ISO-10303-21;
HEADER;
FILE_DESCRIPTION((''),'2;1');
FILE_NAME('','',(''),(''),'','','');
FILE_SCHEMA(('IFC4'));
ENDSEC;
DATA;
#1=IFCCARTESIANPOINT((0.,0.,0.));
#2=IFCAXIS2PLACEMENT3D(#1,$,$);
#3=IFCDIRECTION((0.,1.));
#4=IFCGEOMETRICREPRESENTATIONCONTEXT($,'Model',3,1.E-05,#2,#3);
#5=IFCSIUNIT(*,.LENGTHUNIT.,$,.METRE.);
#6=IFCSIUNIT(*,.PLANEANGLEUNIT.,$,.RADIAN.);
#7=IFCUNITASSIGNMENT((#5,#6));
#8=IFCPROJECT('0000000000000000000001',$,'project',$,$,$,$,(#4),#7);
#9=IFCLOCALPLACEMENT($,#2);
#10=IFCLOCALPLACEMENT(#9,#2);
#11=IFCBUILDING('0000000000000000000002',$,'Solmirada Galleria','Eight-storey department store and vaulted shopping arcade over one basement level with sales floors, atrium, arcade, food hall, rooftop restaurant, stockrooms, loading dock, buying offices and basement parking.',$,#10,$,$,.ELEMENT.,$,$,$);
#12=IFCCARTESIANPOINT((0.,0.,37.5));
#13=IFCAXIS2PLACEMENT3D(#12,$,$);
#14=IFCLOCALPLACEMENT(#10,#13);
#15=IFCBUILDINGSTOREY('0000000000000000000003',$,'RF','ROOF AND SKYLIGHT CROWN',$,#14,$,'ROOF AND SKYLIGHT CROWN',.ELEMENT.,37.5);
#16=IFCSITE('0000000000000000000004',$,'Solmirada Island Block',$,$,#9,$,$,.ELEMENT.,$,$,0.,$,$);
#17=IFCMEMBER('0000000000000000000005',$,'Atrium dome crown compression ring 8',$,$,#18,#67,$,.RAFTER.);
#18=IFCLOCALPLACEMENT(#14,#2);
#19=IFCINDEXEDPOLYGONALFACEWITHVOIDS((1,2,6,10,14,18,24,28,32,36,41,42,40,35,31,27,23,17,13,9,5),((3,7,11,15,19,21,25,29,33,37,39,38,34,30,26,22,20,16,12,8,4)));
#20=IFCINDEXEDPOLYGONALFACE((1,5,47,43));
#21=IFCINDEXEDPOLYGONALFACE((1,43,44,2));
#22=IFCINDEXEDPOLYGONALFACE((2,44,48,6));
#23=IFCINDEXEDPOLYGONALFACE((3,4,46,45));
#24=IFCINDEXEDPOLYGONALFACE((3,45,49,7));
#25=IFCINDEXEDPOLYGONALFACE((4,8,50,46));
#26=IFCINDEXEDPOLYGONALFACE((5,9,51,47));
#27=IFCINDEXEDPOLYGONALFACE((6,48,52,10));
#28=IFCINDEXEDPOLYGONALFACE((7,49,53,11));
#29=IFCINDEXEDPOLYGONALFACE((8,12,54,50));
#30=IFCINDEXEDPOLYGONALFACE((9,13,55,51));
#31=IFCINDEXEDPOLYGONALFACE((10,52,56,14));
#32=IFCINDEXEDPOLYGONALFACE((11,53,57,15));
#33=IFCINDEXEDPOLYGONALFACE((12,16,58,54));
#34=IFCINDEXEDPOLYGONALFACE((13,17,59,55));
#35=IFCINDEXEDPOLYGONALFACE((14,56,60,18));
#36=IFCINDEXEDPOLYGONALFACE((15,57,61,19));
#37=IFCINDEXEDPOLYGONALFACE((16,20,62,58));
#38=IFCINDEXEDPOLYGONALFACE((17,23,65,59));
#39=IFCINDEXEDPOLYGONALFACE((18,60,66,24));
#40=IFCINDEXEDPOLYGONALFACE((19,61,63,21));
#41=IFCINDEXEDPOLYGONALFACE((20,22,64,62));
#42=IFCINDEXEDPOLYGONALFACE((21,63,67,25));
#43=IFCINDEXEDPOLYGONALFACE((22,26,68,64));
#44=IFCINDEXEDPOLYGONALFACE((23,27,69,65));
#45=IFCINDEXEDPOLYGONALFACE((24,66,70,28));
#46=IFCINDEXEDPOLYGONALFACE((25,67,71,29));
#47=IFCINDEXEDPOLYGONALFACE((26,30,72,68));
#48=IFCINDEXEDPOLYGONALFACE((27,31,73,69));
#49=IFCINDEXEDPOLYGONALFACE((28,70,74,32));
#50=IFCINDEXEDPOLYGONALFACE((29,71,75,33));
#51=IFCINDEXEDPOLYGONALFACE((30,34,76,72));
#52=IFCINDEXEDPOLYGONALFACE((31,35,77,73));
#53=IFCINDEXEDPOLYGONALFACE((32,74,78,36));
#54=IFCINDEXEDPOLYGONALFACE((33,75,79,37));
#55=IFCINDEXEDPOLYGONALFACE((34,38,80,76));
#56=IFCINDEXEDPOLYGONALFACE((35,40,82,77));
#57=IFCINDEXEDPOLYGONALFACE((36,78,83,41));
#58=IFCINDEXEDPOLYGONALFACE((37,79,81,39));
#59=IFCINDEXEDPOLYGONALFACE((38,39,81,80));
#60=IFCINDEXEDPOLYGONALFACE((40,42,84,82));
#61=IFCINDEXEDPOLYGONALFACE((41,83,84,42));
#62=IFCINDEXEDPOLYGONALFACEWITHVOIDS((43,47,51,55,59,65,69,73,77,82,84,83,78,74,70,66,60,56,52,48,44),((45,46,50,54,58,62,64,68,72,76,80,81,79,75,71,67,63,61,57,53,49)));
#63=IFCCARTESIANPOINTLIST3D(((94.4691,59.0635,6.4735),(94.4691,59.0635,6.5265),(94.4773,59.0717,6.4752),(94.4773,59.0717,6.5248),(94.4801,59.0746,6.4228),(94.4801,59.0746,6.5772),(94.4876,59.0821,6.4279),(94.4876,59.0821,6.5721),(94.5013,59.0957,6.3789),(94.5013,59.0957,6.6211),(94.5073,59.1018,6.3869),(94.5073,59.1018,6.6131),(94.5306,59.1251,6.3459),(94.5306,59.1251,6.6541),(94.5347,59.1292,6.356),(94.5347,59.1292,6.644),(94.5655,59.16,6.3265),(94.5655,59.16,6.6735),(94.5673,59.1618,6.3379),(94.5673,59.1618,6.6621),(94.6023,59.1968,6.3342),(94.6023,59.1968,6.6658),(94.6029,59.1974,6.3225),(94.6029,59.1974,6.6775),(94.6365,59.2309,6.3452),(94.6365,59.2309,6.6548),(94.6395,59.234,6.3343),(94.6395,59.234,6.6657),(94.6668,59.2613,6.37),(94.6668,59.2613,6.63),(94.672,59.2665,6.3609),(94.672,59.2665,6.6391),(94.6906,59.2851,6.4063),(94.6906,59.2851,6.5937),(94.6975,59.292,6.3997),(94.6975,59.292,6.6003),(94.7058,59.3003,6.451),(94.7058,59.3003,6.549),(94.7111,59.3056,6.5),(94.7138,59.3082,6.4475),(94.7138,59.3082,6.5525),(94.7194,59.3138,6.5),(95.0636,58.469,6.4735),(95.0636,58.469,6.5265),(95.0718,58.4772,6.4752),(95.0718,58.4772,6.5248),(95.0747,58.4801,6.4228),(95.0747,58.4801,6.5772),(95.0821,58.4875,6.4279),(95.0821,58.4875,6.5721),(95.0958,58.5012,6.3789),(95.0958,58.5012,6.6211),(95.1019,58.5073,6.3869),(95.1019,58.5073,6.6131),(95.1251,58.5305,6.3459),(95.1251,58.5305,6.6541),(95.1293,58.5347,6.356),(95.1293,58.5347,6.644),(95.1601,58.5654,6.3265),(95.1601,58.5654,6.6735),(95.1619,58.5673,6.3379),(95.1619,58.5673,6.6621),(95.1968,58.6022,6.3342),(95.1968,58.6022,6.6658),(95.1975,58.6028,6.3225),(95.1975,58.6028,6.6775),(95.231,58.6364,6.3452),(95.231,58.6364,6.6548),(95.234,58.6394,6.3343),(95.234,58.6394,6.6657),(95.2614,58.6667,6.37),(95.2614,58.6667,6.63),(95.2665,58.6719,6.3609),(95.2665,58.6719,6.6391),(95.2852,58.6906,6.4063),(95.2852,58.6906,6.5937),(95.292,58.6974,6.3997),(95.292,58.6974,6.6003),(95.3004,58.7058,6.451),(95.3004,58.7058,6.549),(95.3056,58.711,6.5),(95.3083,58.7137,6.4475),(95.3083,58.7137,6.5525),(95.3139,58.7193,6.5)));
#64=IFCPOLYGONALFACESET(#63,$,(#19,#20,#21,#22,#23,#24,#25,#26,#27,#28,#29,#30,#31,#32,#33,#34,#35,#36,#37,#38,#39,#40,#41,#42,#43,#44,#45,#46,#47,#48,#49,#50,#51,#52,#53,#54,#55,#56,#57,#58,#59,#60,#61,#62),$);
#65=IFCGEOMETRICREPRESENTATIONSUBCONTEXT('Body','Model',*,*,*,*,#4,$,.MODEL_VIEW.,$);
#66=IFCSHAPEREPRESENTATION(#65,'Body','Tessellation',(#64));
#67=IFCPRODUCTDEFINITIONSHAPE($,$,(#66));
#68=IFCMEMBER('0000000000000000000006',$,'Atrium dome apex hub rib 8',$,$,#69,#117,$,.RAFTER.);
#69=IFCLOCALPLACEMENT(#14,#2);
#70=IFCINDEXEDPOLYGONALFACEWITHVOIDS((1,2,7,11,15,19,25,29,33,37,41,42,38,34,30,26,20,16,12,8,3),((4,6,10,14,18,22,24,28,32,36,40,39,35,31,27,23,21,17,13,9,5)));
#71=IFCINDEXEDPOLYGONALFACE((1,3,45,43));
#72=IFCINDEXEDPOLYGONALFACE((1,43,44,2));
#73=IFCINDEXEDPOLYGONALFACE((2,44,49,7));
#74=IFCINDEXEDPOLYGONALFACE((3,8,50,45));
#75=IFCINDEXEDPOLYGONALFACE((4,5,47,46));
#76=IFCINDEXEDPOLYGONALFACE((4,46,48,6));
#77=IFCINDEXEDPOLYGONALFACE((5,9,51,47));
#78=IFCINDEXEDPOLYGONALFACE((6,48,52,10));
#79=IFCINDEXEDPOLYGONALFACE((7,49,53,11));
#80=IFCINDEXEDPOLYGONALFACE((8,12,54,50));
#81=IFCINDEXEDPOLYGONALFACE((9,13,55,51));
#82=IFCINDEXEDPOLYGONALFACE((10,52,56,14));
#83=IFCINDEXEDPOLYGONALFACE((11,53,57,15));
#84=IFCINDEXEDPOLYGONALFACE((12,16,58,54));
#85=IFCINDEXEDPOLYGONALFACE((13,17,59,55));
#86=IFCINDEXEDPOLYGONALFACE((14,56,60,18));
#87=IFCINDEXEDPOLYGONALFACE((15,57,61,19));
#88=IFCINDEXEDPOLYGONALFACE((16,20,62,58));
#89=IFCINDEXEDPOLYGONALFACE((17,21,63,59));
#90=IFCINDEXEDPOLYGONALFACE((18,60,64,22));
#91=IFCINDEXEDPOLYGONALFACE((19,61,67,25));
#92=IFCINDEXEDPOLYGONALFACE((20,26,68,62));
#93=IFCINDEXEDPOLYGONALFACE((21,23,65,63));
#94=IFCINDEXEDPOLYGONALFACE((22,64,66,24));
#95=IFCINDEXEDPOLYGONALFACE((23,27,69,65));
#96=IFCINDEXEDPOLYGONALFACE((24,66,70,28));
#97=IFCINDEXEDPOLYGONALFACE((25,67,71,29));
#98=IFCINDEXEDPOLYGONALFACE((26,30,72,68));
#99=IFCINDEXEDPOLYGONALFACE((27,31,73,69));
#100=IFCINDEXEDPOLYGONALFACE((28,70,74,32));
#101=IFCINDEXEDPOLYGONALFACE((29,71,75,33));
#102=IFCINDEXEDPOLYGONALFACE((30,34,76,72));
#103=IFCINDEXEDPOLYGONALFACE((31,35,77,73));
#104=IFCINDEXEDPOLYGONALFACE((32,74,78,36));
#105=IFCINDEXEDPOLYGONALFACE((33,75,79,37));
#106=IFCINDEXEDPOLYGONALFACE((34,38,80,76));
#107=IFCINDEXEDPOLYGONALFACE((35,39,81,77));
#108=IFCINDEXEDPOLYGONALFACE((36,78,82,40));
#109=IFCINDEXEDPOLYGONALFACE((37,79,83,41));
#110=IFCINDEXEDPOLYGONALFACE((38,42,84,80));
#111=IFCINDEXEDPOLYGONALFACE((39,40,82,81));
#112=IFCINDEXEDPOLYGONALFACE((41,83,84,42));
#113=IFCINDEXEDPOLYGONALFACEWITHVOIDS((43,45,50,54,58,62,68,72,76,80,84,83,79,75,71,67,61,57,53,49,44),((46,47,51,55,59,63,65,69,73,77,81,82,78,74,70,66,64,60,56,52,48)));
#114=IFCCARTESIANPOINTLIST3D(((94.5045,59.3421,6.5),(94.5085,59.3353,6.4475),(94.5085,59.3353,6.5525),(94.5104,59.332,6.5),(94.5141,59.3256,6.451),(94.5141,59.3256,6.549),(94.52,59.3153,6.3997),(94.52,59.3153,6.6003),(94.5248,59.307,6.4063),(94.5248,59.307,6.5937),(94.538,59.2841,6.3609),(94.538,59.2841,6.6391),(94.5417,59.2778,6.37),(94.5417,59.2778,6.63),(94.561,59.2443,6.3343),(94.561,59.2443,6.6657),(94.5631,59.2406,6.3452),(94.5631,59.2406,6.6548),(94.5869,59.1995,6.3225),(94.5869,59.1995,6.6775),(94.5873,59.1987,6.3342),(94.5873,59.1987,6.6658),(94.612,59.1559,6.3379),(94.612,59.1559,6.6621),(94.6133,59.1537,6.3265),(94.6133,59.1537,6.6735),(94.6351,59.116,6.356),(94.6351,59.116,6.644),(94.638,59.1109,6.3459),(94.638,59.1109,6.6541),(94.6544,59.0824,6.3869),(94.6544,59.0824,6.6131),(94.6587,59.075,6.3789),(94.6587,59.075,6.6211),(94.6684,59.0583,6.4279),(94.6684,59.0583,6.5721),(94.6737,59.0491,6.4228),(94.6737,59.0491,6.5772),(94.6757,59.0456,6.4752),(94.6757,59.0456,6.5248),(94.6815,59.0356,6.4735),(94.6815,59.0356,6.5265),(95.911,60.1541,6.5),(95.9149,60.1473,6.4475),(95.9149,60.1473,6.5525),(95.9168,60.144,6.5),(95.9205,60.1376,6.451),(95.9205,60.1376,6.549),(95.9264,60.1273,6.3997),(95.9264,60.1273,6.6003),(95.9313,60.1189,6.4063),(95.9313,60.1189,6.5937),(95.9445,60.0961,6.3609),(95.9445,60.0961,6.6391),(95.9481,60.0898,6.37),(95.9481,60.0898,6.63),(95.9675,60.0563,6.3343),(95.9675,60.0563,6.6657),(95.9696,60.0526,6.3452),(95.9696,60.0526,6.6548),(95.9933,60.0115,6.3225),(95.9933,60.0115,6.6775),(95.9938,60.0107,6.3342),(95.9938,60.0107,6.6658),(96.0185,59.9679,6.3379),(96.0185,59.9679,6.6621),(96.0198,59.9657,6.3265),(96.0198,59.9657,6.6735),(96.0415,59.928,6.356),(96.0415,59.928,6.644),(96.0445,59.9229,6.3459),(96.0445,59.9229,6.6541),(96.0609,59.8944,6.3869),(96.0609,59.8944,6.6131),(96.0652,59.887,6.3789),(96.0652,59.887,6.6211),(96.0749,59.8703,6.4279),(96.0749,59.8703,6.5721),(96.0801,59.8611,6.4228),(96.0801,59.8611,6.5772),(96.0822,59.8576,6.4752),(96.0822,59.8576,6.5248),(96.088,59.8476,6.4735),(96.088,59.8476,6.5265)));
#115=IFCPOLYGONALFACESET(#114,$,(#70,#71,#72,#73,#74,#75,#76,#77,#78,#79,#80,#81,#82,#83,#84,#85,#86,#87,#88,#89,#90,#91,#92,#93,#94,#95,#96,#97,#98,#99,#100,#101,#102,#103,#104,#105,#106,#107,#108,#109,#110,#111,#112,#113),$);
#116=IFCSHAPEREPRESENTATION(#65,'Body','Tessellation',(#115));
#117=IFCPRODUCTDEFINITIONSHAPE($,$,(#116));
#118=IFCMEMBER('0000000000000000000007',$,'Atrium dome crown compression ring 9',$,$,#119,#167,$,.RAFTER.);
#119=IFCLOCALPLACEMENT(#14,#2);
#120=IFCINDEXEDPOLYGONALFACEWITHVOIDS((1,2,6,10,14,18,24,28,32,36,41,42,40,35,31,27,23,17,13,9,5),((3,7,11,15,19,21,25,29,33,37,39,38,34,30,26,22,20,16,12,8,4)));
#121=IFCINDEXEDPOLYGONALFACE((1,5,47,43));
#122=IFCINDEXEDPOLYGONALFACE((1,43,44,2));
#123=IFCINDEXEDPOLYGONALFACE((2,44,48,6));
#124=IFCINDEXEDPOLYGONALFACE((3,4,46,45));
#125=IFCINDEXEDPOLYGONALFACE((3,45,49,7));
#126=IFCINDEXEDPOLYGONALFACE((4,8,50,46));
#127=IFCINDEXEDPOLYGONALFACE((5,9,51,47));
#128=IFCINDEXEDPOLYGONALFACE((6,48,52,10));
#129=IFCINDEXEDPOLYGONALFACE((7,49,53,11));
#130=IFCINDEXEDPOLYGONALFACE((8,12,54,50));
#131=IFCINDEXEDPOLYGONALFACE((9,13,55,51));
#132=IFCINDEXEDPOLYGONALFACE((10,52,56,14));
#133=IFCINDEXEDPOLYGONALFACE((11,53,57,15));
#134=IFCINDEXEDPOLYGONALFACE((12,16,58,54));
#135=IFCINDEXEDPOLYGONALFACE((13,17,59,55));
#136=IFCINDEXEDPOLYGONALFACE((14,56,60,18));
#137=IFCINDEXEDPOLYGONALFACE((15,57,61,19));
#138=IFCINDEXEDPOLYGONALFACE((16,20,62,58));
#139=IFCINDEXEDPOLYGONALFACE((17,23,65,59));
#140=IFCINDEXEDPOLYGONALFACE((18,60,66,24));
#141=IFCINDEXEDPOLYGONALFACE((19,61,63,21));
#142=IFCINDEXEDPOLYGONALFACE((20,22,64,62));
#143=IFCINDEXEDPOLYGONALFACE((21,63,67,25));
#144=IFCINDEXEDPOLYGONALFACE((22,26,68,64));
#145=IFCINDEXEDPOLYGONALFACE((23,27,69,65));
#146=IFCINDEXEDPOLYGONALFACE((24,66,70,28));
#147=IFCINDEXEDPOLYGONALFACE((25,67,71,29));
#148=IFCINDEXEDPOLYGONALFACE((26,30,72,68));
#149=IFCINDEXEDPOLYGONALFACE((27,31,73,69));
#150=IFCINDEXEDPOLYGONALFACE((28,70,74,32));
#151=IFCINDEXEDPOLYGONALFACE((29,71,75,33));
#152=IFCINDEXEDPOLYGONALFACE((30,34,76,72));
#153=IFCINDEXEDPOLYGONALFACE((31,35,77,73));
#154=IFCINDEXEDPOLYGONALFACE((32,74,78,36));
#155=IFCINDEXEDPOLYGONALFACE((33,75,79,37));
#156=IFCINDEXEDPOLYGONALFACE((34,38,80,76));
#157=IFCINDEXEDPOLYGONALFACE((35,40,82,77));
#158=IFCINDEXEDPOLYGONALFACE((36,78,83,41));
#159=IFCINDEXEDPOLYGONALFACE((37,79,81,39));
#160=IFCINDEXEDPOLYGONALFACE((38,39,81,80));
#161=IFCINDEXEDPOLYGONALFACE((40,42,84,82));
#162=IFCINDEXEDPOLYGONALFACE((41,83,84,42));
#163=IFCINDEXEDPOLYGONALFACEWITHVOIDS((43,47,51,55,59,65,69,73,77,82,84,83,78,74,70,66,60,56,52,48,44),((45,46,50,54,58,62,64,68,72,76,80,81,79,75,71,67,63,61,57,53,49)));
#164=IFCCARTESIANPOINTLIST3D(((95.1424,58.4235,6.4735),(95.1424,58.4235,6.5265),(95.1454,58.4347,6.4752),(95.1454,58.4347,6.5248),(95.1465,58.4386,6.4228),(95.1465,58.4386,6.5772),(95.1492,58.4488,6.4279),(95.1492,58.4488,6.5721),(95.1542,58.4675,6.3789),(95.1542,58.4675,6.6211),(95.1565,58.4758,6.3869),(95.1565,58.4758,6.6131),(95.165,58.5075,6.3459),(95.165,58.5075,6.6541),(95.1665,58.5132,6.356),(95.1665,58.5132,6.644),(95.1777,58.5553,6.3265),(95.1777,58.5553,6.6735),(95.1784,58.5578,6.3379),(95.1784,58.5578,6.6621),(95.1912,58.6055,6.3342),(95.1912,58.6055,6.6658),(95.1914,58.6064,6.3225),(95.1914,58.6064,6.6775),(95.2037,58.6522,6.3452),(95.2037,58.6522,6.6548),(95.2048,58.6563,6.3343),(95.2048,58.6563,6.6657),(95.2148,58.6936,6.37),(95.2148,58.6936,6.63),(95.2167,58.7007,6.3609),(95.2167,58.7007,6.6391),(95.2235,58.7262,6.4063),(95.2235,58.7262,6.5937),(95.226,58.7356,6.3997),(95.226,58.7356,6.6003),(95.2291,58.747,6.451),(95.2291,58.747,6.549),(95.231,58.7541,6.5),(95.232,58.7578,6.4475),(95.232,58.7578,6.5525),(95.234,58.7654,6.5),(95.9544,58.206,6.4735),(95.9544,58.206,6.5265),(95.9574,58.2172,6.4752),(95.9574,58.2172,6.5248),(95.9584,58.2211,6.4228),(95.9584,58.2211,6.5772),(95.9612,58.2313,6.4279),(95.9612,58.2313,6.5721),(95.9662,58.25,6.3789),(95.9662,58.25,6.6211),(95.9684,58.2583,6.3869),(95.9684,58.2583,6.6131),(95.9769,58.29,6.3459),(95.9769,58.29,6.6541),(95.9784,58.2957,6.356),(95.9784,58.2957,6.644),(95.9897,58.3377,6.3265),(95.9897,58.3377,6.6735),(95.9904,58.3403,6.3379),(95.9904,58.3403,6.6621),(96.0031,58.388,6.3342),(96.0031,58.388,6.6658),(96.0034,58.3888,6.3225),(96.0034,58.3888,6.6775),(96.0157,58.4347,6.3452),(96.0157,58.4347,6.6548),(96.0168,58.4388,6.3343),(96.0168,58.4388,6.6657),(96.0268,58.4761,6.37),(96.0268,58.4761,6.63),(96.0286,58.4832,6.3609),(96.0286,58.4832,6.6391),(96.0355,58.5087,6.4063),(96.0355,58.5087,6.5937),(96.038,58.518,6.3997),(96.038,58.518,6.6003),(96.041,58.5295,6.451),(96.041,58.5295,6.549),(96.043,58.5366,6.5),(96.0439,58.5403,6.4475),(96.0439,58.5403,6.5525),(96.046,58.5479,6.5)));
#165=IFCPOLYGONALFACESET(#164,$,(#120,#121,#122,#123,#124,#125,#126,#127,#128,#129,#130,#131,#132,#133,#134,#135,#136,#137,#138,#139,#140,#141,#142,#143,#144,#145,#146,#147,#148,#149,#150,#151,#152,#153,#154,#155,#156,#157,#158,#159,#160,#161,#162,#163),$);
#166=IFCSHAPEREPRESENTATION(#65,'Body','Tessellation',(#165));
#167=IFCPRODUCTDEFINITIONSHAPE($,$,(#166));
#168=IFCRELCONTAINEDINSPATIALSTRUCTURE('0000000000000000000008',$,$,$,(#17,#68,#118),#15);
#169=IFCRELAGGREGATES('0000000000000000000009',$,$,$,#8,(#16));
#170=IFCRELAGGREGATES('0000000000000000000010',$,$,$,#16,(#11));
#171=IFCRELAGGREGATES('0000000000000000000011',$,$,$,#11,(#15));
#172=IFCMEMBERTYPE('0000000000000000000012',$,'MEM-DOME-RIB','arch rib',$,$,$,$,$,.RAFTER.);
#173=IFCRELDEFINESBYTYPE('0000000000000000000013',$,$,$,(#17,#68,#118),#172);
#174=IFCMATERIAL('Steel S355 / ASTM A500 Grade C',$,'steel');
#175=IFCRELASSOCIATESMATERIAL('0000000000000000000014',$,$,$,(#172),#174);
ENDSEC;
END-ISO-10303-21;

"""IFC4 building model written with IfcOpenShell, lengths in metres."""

from ifc_helpers import new_model, si_unit, direction, frame, origin, origin_2d, place, context, subcontext, project, spatial, hollow_circle, extrude, material, material_profile, profile_set, type_object, element, save


model = new_model("IFC4")

# Units and contexts
model_context = context("Model", 3, precision=1e-05, world=origin(), true_north=direction((0.0, 1.0)))
body_context = subcontext(model_context, "Body", "Model", "MODEL_VIEW")
ifc_project = project(units=[si_unit("LENGTHUNIT", "METRE"), si_unit("PLANEANGLEUNIT", "RADIAN")], contexts=[model_context])

# Site, building, storey
site_placement = place(None, origin())
site = spatial("IfcSite", under=ifc_project, at=site_placement, Name="Solmirada Island Block", CompositionType="ELEMENT", RefElevation=0.0)
building_placement = place(site_placement, origin())
building = spatial("IfcBuilding", under=site, at=building_placement, Name="Solmirada Galleria", Description="Eight-storey department store and vaulted shopping arcade over one basement level with sales floors, atrium, arcade, food hall, rooftop restaurant, stockrooms, loading dock, buying offices and basement parking.", CompositionType="ELEMENT")
storey_placement = place(building_placement, frame((0.0, 0.0, 37.5)))
storey = spatial("IfcBuildingStorey", under=building, at=storey_placement, Name="RF", Description="ROOF AND SKYLIGHT CROWN", LongName="ROOF AND SKYLIGHT CROWN", CompositionType="ELEMENT", Elevation=37.5)

# Members
ifc_material_1 = material(Name="Steel S355 / ASTM A500 Grade C", Category="steel")
ifc_material_profile_1 = material_profile(ifc_material_1, hollow_circle(Radius=0.178, WallThickness=0.0117, at=origin_2d()), Name="HSS14.000X0.500")
ifc_profile_set_1 = profile_set([ifc_material_profile_1], Name="Steel S355 / ASTM A500 Grade C")
member_type_1 = type_object("IfcMemberType", Name="MEM-DOME-RIB", Description="arch rib", PredefinedType="RAFTER", material=ifc_profile_set_1)
member_1_placement = place(storey_placement, frame((94.5935, 59.188, 6.5), z_axis=(0.707107, -0.707107, 0.0), x_axis=(0.707107, 0.707107, 0.0)))
element("IfcMember", 1, at=member_1_placement, inside=storey, type_object=member_type_1, Name="Atrium dome crown compression ring 8", PredefinedType="RAFTER", context=body_context, shape_type="SweptSolid", body=[
    extrude(hollow_circle(Radius=0.178, WallThickness=0.0117, at=origin_2d()), origin(), (0.0, 0.0, 1.0), 0.8408),
])
member_2_placement = place(storey_placement, frame((94.5935, 59.188, 6.5), z_axis=(0.866033, 0.499987, 0.0), x_axis=(-0.499987, 0.866033, 0.0)))
element("IfcMember", 2, at=member_2_placement, inside=storey, type_object=member_type_1, Name="Atrium dome apex hub rib 8", PredefinedType="RAFTER", context=body_context, shape_type="SweptSolid", body=[
    extrude(hollow_circle(Radius=0.178, WallThickness=0.0117, at=origin_2d()), origin(), (0.0, 0.0, 1.0), 1.624),
])
member_3_placement = place(storey_placement, frame((95.188, 58.5935, 6.5), z_axis=(0.96594, -0.258765, 0.0), x_axis=(0.258765, 0.96594, 0.0)))
element("IfcMember", 3, at=member_3_placement, inside=storey, type_object=member_type_1, Name="Atrium dome crown compression ring 9", PredefinedType="RAFTER", context=body_context, shape_type="SweptSolid", body=[
    extrude(hollow_circle(Radius=0.178, WallThickness=0.0117, at=origin_2d()), origin(), (0.0, 0.0, 1.0), 0.8406),
])

save(model, "model.ifc")
